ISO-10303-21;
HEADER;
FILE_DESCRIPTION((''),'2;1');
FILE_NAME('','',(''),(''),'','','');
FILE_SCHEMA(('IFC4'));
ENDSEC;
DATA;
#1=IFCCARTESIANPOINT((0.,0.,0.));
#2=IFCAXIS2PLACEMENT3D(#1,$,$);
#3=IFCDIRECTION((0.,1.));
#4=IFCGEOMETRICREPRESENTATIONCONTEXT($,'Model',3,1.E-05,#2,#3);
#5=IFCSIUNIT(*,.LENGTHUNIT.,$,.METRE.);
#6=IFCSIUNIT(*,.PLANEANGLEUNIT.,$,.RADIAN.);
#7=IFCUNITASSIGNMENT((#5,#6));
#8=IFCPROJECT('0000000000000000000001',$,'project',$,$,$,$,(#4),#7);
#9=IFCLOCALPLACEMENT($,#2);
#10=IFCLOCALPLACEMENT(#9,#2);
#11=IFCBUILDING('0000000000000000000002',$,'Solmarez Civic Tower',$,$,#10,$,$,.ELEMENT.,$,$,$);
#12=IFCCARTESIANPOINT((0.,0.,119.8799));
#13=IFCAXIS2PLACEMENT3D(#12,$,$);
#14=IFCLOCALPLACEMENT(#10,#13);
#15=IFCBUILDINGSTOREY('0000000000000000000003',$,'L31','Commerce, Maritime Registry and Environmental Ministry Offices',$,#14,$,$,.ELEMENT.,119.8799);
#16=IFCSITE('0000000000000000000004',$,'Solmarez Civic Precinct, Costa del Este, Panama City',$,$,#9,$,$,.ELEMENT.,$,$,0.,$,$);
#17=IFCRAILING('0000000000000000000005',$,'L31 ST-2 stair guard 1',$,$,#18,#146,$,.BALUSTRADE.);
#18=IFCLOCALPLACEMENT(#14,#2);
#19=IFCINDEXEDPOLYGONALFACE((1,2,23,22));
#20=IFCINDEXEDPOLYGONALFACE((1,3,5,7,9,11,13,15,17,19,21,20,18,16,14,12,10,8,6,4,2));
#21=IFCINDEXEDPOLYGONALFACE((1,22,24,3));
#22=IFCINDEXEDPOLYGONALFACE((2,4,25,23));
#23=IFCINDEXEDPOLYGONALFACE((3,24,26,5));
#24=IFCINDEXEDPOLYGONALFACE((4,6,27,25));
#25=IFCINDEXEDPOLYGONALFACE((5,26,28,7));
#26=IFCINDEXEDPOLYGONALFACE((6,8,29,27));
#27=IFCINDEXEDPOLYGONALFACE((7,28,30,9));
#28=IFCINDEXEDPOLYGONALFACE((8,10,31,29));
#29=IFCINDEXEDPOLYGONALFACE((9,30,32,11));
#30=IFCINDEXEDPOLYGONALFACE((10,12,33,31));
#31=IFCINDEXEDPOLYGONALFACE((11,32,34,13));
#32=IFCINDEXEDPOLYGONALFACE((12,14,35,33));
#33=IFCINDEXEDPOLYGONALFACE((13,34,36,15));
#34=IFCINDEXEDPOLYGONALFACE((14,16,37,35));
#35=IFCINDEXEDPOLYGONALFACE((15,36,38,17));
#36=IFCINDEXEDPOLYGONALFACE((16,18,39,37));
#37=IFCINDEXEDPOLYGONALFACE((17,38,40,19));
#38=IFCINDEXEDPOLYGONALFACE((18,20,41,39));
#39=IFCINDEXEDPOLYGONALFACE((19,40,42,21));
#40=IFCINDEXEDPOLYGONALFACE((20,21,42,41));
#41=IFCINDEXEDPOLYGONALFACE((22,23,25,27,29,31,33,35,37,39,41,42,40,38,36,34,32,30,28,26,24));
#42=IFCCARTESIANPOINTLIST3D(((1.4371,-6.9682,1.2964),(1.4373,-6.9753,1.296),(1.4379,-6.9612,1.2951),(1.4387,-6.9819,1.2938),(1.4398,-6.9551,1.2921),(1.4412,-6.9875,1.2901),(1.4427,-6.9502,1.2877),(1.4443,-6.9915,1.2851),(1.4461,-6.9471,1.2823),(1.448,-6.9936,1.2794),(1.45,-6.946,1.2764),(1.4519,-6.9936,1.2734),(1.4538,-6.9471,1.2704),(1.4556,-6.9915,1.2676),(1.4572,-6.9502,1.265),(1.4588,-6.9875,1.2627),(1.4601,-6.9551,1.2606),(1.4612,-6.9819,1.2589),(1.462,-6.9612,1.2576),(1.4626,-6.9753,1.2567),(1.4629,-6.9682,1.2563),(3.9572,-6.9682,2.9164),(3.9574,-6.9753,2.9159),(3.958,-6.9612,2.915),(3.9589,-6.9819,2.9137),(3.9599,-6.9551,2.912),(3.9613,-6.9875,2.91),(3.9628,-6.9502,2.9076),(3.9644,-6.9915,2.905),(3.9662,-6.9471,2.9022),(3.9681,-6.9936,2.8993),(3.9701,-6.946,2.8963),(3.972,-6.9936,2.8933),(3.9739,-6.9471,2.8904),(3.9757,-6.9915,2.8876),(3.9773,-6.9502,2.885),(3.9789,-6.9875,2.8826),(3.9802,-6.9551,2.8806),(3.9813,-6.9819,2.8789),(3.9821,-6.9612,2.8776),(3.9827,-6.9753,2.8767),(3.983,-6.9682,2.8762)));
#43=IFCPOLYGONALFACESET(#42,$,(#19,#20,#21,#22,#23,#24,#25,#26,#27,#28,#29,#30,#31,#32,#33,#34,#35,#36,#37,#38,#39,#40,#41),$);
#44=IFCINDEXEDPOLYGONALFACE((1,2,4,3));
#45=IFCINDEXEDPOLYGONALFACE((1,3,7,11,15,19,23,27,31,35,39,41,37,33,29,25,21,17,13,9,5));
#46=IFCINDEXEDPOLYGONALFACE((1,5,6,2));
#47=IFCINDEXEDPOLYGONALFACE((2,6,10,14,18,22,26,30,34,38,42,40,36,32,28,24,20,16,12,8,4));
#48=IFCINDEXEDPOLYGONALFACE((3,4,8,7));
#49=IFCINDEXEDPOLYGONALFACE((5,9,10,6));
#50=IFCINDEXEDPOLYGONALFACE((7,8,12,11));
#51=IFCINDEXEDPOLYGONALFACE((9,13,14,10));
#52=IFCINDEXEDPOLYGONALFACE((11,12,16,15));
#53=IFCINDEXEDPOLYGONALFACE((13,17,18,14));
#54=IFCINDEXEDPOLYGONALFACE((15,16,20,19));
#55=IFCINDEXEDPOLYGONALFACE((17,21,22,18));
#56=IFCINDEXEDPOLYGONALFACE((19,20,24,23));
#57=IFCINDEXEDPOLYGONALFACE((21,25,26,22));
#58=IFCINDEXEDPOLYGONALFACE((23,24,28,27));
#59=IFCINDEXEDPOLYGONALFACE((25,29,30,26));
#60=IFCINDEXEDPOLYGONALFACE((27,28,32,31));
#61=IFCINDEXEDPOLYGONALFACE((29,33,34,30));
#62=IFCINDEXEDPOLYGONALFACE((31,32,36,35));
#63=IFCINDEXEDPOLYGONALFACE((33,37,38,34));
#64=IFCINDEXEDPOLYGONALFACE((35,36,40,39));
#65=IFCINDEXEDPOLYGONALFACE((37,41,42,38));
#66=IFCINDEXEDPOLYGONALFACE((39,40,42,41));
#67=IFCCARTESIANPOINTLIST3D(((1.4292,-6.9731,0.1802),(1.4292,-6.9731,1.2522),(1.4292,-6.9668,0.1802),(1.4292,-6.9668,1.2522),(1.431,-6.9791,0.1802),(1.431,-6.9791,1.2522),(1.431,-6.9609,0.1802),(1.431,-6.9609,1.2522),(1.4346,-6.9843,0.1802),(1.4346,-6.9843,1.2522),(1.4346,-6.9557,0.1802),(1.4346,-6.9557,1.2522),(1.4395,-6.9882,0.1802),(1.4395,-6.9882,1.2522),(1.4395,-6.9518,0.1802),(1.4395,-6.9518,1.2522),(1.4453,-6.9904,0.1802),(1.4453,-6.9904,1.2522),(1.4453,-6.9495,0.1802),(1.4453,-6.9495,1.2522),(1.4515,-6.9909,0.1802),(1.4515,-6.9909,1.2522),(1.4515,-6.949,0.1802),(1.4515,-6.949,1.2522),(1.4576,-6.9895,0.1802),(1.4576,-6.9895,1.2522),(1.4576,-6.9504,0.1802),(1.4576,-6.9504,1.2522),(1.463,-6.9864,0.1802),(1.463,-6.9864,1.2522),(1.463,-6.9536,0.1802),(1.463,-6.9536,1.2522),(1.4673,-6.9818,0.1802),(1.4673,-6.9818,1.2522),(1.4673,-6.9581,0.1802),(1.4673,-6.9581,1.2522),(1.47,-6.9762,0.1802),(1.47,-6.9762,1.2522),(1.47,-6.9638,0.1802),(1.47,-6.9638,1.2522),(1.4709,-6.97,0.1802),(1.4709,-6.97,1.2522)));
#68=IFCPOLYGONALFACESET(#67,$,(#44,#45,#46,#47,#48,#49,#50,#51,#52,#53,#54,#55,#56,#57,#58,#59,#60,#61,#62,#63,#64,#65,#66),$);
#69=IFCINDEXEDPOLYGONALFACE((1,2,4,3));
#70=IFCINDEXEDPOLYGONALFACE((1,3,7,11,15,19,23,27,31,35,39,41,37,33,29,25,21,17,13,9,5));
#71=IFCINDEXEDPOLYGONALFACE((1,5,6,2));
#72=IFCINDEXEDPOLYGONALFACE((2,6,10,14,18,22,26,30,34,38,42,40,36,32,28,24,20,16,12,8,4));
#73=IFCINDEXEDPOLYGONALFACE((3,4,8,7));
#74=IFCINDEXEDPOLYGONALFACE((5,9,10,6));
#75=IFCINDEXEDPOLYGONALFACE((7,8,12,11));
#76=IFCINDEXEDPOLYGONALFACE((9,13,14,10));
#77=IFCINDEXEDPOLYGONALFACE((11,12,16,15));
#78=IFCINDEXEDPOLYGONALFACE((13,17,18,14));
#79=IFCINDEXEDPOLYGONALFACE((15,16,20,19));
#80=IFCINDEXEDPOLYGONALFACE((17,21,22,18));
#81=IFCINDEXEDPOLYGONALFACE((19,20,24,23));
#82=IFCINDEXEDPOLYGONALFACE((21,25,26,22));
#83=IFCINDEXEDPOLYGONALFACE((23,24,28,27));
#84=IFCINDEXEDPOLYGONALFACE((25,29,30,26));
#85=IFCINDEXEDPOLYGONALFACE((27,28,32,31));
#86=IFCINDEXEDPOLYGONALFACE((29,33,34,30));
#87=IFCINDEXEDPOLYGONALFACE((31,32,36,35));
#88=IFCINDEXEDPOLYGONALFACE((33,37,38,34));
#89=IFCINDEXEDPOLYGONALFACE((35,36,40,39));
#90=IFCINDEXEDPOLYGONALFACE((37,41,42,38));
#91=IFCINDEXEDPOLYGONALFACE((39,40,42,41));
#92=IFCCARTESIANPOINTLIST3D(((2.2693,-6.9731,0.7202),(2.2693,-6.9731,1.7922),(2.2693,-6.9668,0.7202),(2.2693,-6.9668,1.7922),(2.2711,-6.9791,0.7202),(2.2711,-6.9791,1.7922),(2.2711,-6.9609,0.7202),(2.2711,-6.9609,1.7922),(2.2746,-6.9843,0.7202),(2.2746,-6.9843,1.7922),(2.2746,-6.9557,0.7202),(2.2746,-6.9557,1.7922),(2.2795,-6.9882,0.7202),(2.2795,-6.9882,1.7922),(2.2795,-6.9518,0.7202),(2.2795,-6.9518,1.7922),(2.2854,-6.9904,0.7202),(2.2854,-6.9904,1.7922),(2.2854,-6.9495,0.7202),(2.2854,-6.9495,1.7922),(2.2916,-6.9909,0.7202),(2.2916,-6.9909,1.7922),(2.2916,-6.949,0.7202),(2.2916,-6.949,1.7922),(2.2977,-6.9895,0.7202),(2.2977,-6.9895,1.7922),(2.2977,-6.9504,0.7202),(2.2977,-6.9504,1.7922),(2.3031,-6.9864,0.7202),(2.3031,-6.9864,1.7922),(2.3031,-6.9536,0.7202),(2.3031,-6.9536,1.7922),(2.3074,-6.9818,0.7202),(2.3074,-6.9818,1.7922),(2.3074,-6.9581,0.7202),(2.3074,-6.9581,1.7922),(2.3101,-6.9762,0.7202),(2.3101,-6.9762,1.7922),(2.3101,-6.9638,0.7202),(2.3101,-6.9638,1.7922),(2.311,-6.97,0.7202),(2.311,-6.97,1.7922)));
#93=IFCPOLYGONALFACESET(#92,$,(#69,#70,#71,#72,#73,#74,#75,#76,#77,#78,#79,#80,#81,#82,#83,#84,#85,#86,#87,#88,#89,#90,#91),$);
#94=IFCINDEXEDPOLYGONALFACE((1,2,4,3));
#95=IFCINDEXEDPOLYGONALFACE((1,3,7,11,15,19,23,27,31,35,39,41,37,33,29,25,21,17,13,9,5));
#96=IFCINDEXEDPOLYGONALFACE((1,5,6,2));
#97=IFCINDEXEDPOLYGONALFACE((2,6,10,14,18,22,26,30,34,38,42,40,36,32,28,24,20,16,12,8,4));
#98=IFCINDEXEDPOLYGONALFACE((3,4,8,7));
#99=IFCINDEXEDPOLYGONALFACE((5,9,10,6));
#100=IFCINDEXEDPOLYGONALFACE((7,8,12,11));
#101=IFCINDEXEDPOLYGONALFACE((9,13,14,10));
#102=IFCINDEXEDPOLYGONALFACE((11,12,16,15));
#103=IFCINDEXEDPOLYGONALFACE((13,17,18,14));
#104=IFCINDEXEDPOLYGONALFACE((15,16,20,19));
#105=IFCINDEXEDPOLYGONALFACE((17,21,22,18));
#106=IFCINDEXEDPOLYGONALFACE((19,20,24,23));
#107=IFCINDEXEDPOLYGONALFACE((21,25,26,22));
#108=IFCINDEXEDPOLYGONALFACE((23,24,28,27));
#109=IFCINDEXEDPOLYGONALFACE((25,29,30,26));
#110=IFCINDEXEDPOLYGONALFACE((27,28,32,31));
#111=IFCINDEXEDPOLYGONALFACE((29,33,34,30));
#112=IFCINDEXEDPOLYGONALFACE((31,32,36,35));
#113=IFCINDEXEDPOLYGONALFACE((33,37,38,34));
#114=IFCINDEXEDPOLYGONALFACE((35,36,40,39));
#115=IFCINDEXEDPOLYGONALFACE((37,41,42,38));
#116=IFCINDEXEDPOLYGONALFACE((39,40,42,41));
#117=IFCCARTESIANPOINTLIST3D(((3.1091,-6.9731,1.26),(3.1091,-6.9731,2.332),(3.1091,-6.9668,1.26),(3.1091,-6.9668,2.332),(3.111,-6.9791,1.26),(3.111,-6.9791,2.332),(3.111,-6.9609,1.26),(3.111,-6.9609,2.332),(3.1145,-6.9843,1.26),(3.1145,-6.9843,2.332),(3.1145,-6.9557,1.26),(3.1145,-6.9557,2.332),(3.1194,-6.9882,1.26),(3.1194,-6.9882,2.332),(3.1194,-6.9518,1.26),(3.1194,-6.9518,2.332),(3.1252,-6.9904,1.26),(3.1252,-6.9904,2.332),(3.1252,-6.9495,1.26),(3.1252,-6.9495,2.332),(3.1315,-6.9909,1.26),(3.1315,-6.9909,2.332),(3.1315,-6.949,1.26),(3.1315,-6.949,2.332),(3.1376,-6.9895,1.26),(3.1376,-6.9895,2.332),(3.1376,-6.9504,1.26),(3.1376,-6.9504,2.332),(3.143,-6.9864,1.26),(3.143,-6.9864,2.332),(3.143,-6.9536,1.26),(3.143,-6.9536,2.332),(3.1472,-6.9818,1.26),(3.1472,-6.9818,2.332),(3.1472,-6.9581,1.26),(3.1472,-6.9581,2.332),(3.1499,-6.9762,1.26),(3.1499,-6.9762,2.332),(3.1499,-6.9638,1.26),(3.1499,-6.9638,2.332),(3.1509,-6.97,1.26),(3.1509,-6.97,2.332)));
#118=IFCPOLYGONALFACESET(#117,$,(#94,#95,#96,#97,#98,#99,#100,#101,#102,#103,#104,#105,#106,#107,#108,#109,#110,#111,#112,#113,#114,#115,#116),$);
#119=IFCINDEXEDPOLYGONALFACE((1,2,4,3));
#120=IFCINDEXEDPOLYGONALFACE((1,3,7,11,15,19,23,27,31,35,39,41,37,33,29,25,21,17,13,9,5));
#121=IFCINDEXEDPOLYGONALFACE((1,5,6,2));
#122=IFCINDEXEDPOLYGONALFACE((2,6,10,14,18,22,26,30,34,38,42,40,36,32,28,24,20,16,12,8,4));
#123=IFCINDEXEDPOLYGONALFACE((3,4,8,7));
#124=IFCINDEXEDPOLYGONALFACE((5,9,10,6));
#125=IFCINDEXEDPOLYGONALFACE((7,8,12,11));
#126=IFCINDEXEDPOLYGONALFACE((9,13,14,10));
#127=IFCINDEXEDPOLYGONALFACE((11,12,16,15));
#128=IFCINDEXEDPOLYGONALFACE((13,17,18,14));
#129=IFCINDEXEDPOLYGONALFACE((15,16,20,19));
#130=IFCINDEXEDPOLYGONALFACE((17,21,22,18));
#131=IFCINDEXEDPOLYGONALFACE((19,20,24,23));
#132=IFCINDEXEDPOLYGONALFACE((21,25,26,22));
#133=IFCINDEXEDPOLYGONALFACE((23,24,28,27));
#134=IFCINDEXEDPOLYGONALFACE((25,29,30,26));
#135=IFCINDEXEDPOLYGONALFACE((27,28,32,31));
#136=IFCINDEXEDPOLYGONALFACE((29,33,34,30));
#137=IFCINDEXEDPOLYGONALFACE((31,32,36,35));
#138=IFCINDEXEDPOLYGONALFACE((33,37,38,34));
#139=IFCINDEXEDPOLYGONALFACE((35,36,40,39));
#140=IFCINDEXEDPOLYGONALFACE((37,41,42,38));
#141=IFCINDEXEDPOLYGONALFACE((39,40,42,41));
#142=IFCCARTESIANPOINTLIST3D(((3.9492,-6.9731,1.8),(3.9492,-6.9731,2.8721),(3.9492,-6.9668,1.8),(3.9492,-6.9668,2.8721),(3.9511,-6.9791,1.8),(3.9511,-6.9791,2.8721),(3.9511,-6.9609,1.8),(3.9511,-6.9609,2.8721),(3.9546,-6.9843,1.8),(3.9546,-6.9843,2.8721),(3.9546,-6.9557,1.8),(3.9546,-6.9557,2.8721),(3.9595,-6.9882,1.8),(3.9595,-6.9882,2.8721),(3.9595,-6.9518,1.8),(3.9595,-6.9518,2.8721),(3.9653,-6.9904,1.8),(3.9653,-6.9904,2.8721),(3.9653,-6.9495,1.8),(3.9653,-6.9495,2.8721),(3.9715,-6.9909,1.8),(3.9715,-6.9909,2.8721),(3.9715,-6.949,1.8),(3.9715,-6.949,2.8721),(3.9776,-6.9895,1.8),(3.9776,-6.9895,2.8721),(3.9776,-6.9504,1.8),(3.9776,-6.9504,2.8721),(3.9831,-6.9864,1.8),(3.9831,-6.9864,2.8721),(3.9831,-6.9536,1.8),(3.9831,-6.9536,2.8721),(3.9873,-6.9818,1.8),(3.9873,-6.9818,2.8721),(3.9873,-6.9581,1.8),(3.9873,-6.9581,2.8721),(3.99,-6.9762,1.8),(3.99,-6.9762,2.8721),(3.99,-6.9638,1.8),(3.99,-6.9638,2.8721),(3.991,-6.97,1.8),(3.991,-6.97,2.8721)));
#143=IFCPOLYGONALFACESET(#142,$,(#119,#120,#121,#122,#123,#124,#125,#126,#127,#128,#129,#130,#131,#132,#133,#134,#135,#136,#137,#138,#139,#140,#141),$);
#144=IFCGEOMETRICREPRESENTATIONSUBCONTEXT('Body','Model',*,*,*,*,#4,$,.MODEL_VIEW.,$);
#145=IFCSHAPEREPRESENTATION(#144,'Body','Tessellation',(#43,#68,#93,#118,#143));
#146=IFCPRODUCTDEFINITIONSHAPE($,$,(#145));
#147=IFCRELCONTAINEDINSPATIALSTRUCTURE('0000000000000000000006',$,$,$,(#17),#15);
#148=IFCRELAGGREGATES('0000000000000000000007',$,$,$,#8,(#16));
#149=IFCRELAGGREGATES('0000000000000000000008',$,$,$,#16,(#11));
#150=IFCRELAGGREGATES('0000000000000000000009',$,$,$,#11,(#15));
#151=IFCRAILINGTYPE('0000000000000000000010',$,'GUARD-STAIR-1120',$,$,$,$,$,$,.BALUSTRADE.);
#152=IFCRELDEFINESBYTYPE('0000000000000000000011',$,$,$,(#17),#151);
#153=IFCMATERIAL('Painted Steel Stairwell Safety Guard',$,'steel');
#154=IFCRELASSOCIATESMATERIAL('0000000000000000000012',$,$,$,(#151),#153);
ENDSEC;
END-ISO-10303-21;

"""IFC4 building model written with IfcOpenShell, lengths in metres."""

from ifc_helpers import new_model, si_unit, direction, frame, origin, origin_2d, place, context, subcontext, project, spatial, circle, extrude, material, type_object, element, save


model = new_model("IFC4")

# Units and contexts
model_context = context("Model", 3, precision=1e-05, world=origin(), true_north=direction((0.0, 1.0)))
body_context = subcontext(model_context, "Body", "Model", "MODEL_VIEW")
ifc_project = project(units=[si_unit("LENGTHUNIT", "METRE"), si_unit("PLANEANGLEUNIT", "RADIAN")], contexts=[model_context])

# Site, building, storey
site_placement = place(None, origin())
site = spatial("IfcSite", under=ifc_project, at=site_placement, Name="Solmarez Civic Precinct, Costa del Este, Panama City", CompositionType="ELEMENT", RefElevation=0.0)
building_placement = place(site_placement, origin())
building = spatial("IfcBuilding", under=site, at=building_placement, Name="Solmarez Civic Tower", CompositionType="ELEMENT")
storey_placement = place(building_placement, frame((0.0, 0.0, 119.8799)))
storey = spatial("IfcBuildingStorey", under=building, at=storey_placement, Name="L31", Description="Commerce, Maritime Registry and Environmental Ministry Offices", CompositionType="ELEMENT", Elevation=119.8799)

# Railing
ifc_material_1 = material(Name="Painted Steel Stairwell Safety Guard", Category="steel")
railing_type_1 = type_object("IfcRailingType", Name="GUARD-STAIR-1120", PredefinedType="BALUSTRADE", material=ifc_material_1)
railing_1_placement = place(storey_placement, frame((1.45, -6.97, 0.1802)))
element("IfcRailing", 1, at=railing_1_placement, inside=storey, type_object=railing_type_1, Name="L31 ST-2 stair guard 1", PredefinedType="BALUSTRADE", context=body_context, shape_type="SweptSolid", body=[
    extrude(circle(Radius=0.0239, at=origin_2d()), frame((0.0, 0.0, 1.0962), z_axis=(0.8412, 0.0, 0.540725), x_axis=(0.0, 1.0, 0.0)), (0.0, 0.0, 1.0), 2.9958),
    extrude(circle(Radius=0.021, at=origin_2d()), origin(), (0.0, 0.0, 1.0), 1.072),
    extrude(circle(Radius=0.021, at=origin_2d()), frame((0.8401, 0.0, 0.54)), (0.0, 0.0, 1.0), 1.072),
    extrude(circle(Radius=0.021, at=origin_2d()), frame((1.6799, 0.0, 1.0798)), (0.0, 0.0, 1.0), 1.072),
    extrude(circle(Radius=0.021, at=origin_2d()), frame((2.52, 0.0, 1.6199)), (0.0, 0.0, 1.0), 1.072),
])

save(model, "model.ifc")
